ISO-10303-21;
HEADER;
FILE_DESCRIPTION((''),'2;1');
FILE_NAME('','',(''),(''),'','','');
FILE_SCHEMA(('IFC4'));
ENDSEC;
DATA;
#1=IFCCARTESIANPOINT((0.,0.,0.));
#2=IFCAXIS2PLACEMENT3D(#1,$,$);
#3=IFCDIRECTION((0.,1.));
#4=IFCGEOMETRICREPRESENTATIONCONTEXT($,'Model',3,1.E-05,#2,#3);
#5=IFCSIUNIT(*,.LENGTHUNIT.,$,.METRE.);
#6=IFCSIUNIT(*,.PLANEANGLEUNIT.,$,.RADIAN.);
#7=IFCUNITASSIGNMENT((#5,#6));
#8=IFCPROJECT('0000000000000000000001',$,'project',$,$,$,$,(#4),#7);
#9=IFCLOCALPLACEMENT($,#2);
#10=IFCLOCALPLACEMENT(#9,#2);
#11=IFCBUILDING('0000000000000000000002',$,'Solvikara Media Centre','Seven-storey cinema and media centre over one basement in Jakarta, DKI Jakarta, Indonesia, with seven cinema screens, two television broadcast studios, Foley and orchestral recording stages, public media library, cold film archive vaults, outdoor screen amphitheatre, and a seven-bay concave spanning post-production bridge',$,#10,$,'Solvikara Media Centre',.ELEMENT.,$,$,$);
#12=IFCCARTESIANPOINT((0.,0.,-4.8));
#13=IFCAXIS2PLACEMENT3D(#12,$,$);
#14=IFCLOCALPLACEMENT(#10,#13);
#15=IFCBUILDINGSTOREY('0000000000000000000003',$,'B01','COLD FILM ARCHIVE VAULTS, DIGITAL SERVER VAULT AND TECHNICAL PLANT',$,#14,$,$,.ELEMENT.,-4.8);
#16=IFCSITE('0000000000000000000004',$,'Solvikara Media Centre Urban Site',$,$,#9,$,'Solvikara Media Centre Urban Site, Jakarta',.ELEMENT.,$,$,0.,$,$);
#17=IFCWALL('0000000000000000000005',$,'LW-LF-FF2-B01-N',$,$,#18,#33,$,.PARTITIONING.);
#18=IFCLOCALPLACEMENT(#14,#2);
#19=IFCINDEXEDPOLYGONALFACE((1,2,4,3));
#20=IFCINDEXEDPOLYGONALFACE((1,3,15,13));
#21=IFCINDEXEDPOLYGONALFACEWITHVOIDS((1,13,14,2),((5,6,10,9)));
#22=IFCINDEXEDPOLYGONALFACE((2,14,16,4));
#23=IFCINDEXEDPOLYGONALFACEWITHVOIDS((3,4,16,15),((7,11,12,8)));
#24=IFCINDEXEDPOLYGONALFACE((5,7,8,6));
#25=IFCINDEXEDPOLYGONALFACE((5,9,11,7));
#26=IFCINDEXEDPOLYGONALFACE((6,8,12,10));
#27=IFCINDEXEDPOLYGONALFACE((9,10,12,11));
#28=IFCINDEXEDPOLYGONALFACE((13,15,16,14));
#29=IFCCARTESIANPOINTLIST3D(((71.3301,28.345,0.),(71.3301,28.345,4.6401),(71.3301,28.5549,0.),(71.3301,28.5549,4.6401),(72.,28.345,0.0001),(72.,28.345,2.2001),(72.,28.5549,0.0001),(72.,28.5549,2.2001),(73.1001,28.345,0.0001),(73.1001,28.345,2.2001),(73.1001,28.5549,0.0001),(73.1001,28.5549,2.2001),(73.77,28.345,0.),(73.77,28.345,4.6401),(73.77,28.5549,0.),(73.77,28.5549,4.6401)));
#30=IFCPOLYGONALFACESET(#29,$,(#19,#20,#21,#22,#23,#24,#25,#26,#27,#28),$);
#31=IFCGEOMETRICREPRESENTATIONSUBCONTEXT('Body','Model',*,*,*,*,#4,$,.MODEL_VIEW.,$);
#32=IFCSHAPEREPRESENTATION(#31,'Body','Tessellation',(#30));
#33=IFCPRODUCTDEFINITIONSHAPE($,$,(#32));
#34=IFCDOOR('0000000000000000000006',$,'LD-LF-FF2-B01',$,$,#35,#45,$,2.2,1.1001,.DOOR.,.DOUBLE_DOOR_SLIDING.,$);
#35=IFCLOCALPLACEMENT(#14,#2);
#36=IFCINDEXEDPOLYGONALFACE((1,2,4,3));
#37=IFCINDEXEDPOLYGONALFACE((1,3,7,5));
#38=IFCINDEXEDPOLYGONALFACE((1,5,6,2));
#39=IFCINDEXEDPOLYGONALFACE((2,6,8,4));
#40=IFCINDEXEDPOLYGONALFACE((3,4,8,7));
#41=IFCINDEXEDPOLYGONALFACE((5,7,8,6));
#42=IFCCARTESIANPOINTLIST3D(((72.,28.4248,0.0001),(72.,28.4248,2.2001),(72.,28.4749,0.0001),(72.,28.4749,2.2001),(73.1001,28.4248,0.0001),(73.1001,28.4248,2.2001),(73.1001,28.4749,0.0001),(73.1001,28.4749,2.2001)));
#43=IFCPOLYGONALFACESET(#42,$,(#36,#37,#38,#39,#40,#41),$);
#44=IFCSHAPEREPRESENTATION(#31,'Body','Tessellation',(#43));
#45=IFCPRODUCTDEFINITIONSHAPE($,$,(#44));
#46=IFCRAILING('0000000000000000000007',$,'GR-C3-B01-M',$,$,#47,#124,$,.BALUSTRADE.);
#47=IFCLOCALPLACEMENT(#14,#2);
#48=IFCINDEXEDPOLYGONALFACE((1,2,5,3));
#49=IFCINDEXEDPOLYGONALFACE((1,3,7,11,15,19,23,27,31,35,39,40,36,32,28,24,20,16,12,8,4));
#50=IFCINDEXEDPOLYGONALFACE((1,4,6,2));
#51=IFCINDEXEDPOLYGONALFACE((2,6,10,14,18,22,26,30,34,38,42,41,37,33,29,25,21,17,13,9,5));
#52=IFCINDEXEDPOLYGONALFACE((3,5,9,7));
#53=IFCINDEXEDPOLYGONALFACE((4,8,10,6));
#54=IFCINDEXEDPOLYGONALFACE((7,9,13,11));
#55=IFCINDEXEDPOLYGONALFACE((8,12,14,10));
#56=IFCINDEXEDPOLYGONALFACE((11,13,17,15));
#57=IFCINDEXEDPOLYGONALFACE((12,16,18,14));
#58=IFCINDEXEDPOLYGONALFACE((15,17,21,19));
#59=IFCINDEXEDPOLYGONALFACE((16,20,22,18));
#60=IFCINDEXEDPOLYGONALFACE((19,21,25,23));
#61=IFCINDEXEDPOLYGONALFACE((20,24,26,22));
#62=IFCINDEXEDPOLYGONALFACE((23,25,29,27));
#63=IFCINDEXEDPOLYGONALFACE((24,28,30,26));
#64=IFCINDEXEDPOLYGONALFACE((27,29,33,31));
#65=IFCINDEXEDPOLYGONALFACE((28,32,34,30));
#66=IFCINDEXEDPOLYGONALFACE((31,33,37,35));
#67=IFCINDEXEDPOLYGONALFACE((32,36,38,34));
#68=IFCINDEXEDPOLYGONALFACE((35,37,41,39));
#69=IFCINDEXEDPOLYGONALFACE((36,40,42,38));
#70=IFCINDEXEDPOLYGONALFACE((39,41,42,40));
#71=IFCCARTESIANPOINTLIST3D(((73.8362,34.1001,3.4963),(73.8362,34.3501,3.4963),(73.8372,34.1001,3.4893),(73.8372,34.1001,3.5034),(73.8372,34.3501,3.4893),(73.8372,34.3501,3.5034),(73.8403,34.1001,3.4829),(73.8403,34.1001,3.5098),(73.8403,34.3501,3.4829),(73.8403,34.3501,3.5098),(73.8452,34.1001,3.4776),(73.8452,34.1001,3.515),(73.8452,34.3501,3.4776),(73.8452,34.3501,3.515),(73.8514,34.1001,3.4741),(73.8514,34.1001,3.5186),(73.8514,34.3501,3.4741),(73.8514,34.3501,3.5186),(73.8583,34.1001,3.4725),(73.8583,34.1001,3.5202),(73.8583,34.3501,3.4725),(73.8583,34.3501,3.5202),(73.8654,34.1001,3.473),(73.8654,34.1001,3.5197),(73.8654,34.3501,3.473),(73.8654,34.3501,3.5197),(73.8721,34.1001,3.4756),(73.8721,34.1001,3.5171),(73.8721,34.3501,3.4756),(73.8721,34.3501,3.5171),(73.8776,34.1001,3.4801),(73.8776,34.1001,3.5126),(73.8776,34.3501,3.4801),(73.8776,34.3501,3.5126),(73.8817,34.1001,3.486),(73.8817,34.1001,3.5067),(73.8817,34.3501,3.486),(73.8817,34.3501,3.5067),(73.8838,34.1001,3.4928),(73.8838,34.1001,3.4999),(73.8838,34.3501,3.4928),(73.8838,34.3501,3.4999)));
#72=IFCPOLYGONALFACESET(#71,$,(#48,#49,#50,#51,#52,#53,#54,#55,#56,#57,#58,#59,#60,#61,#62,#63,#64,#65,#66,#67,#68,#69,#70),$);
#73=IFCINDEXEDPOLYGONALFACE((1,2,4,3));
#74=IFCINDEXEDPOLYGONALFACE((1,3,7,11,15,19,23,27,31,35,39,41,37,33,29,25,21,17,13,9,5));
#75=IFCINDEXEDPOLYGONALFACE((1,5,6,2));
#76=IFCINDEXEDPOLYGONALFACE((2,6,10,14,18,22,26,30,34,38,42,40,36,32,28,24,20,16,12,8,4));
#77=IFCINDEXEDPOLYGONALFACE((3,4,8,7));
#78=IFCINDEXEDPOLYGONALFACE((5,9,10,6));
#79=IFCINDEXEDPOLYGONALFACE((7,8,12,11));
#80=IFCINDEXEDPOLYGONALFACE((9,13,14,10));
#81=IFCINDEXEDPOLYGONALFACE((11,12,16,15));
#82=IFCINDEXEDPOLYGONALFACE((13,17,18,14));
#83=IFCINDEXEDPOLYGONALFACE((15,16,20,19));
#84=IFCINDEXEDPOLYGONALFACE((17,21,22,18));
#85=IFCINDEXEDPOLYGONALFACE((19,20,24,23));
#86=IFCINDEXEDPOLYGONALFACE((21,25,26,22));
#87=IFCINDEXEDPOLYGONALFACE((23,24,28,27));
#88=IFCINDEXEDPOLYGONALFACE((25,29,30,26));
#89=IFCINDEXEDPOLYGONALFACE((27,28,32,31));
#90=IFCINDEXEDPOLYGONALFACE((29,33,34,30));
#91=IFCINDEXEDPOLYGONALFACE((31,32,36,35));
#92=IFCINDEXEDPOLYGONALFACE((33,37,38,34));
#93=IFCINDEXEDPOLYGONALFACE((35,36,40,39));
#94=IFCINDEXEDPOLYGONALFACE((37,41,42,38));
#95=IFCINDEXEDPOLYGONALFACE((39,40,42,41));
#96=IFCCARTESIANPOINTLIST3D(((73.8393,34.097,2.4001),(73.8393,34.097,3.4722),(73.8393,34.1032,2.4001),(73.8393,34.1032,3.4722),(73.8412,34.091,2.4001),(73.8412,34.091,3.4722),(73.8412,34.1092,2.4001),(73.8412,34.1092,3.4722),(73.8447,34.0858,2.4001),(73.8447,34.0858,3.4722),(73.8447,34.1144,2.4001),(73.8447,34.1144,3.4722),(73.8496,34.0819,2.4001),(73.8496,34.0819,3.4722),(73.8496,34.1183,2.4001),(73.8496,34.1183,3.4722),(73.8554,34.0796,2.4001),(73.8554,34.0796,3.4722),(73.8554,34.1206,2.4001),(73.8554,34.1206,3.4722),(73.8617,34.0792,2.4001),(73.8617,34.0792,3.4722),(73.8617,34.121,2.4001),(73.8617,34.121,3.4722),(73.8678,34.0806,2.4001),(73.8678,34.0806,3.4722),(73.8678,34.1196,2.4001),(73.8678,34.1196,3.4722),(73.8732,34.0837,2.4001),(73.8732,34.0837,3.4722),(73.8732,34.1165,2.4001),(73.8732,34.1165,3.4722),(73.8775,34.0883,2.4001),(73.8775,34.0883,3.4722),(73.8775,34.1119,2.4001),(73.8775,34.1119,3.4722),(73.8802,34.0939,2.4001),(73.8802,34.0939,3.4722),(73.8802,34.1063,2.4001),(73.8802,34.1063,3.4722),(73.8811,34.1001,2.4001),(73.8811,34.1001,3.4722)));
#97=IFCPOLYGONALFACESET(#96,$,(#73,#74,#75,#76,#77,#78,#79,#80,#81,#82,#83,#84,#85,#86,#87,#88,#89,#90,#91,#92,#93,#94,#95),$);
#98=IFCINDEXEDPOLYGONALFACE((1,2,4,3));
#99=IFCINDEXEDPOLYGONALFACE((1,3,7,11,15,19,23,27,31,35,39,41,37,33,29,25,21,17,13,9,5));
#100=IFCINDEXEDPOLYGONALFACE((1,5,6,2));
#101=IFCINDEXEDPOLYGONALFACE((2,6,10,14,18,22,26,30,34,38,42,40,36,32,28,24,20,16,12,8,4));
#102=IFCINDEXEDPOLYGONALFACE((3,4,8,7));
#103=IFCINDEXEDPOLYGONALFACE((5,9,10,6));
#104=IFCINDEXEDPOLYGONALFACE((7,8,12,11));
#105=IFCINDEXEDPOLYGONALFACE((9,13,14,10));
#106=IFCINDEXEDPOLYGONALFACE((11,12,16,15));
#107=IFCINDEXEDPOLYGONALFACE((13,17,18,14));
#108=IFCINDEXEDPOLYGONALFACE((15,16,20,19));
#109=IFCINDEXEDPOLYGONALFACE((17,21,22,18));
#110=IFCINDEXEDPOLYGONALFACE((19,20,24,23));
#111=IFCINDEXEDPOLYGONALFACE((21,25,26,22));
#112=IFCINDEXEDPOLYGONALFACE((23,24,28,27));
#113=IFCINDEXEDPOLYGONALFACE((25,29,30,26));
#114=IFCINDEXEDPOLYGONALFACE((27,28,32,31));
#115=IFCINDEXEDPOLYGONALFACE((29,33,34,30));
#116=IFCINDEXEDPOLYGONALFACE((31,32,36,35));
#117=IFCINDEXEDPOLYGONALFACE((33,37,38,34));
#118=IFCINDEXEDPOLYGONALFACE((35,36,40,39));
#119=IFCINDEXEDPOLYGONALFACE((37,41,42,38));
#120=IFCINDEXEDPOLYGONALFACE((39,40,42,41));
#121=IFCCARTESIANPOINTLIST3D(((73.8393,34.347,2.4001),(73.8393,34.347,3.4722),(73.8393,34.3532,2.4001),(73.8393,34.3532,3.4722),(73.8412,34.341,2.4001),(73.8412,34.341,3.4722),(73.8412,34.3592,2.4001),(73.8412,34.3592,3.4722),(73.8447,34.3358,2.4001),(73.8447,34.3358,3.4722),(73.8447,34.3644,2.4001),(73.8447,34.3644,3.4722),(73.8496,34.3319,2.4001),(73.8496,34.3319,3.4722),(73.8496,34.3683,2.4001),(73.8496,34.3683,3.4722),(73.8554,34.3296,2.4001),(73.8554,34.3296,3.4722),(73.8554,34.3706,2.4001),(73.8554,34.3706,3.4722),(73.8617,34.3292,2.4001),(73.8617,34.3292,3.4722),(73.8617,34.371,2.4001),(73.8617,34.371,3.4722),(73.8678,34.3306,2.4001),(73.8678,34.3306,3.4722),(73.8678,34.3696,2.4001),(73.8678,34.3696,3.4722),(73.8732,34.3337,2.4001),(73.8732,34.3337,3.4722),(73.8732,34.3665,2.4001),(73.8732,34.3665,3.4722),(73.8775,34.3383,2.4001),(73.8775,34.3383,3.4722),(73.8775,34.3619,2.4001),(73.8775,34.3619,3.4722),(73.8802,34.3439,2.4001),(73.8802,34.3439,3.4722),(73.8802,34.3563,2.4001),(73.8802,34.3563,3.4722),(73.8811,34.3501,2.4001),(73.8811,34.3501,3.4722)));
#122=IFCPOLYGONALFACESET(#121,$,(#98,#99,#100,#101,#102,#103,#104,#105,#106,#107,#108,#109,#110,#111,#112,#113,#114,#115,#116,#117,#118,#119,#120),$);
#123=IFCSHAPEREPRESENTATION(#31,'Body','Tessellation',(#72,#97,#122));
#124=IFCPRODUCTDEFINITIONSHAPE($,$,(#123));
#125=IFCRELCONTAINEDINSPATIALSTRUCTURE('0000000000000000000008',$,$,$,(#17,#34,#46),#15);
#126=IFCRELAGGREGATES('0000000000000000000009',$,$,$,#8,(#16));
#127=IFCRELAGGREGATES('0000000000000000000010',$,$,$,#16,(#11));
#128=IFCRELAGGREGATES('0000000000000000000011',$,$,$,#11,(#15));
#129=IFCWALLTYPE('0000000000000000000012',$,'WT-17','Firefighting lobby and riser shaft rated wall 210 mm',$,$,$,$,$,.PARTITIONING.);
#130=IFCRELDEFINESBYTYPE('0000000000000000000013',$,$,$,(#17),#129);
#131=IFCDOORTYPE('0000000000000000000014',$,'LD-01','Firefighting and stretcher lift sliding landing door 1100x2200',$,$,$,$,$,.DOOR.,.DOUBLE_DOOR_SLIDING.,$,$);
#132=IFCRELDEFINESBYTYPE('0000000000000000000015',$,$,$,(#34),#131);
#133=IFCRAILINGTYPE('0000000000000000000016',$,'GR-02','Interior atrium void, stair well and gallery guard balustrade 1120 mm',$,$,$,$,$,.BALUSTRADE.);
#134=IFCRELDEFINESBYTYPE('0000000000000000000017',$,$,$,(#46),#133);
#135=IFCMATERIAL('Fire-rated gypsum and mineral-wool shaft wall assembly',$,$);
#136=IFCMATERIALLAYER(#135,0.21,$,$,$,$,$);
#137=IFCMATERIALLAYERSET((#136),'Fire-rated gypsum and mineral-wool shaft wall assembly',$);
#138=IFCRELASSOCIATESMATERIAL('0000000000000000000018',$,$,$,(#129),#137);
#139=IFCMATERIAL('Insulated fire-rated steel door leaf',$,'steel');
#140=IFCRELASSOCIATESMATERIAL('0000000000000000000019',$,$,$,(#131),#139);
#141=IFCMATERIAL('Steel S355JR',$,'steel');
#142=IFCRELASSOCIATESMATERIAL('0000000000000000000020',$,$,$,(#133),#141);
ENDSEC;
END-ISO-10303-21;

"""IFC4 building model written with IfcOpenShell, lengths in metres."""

from ifc_helpers import new_model, si_unit, direction, frame, frame_2d, origin, origin_2d, place, context, subcontext, project, spatial, rectangle, circle, extrude, material, layer, layer_set, type_object, element, fill, save


model = new_model("IFC4")

# Units and contexts
model_context = context("Model", 3, precision=1e-05, world=origin(), true_north=direction((0.0, 1.0)))
body_context = subcontext(model_context, "Body", "Model", "MODEL_VIEW")
ifc_project = project(units=[si_unit("LENGTHUNIT", "METRE"), si_unit("PLANEANGLEUNIT", "RADIAN")], contexts=[model_context])

# Site, building, storey
site_placement = place(None, origin())
site = spatial("IfcSite", under=ifc_project, at=site_placement, Name="Solvikara Media Centre Urban Site", LongName="Solvikara Media Centre Urban Site, Jakarta", CompositionType="ELEMENT", RefElevation=0.0)
building_placement = place(site_placement, origin())
building = spatial("IfcBuilding", under=site, at=building_placement, Name="Solvikara Media Centre", Description="Seven-storey cinema and media centre over one basement in Jakarta, DKI Jakarta, Indonesia, with seven cinema screens, two television broadcast studios, Foley and orchestral recording stages, public media library, cold film archive vaults, outdoor screen amphitheatre, and a seven-bay concave spanning post-production bridge", LongName="Solvikara Media Centre", CompositionType="ELEMENT")
storey_placement = place(building_placement, frame((0.0, 0.0, -4.8)))
storey = spatial("IfcBuildingStorey", under=building, at=storey_placement, Name="B01", Description="COLD FILM ARCHIVE VAULTS, DIGITAL SERVER VAULT AND TECHNICAL PLANT", CompositionType="ELEMENT", Elevation=-4.8)

# Shared definitions
ifc_material_1 = material(Name="Fire-rated gypsum and mineral-wool shaft wall assembly")
ifc_layer = layer(ifc_material_1, 0.21)
ifc_layer_set = layer_set([ifc_layer], Name="Fire-rated gypsum and mineral-wool shaft wall assembly")
wall_type = type_object("IfcWallType", Name="WT-17", Description="Firefighting lobby and riser shaft rated wall 210 mm", PredefinedType="PARTITIONING", material=ifc_layer_set)

# Wall, opening, door
wall_placement = place(storey_placement, frame((71.3301, 28.45, 0.0), z_axis=(0.0, 0.0, 1.0), x_axis=(1.0, 0.0, 0.0)))
wall = element("IfcWall", 1, at=wall_placement, inside=storey, type_object=wall_type, Name="LW-LF-FF2-B01-N", PredefinedType="PARTITIONING", context=body_context, shape_type="SweptSolid", body=[
    extrude(rectangle(XDim=2.4399, YDim=0.21, at=frame_2d((1.22, 0.0))), origin(), (0.0, 0.0, 1.0), 4.6401),
])
opening_placement = place(wall_placement, frame((0.6699, 0.0, 0.0)))
opening = element("IfcOpeningElement", 2, at=opening_placement, cuts=wall, PredefinedType="OPENING", context=body_context, shape_type="SweptSolid", body=[
    extrude(rectangle(XDim=1.1001, YDim=2.2, at=frame_2d((0.55, 1.1001))), frame((0.0, 0.1169, 0.0), z_axis=(0.0, -1.0, 0.0), x_axis=(1.0, 0.0, 0.0)), (0.0, 0.0, 1.0), 0.2339),
])
ifc_material_2 = material(Name="Insulated fire-rated steel door leaf", Category="steel")
door_type = type_object("IfcDoorType", Name="LD-01", Description="Firefighting and stretcher lift sliding landing door 1100x2200", OperationType="DOUBLE_DOOR_SLIDING", PredefinedType="DOOR", material=ifc_material_2)
door_placement = place(opening_placement, origin())
door = element("IfcDoor", 3, at=door_placement, inside=storey, type_object=door_type, Name="LD-LF-FF2-B01", OperationType="DOUBLE_DOOR_SLIDING", OverallHeight=2.2, OverallWidth=1.1001, PredefinedType="DOOR", context=body_context, shape_type="SweptSolid", body=[
    extrude(rectangle(XDim=1.1001, YDim=2.2, at=frame_2d((0.55, 1.1001))), frame((0.0, 0.0249, 0.0), z_axis=(0.0, -1.0, 0.0), x_axis=(1.0, 0.0, 0.0)), (0.0, 0.0, 1.0), 0.05),
])
fill(opening, door)

# Railing
ifc_material_3 = material(Name="Steel S355JR", Category="steel")
railing_type_1 = type_object("IfcRailingType", Name="GR-02", Description="Interior atrium void, stair well and gallery guard balustrade 1120 mm", PredefinedType="BALUSTRADE", material=ifc_material_3)
railing_1_placement = place(storey_placement, frame((73.8601, 34.1001, 2.4001)))
element("IfcRailing", 4, at=railing_1_placement, inside=storey, type_object=railing_type_1, Name="GR-C3-B01-M", PredefinedType="BALUSTRADE", context=body_context, shape_type="SweptSolid", body=[
    extrude(circle(Radius=0.0239, at=origin_2d()), frame((0.0, 0.0, 1.0962), z_axis=(0.0, 1.0, 0.0), x_axis=(-1.0, 0.0, 0.0)), (0.0, 0.0, 1.0), 0.25),
    extrude(circle(Radius=0.021, at=origin_2d()), origin(), (0.0, 0.0, 1.0), 1.072),
    extrude(circle(Radius=0.021, at=origin_2d()), frame((0.0, 0.25, 0.0)), (0.0, 0.0, 1.0), 1.072),
])

save(model, "model.ifc")
